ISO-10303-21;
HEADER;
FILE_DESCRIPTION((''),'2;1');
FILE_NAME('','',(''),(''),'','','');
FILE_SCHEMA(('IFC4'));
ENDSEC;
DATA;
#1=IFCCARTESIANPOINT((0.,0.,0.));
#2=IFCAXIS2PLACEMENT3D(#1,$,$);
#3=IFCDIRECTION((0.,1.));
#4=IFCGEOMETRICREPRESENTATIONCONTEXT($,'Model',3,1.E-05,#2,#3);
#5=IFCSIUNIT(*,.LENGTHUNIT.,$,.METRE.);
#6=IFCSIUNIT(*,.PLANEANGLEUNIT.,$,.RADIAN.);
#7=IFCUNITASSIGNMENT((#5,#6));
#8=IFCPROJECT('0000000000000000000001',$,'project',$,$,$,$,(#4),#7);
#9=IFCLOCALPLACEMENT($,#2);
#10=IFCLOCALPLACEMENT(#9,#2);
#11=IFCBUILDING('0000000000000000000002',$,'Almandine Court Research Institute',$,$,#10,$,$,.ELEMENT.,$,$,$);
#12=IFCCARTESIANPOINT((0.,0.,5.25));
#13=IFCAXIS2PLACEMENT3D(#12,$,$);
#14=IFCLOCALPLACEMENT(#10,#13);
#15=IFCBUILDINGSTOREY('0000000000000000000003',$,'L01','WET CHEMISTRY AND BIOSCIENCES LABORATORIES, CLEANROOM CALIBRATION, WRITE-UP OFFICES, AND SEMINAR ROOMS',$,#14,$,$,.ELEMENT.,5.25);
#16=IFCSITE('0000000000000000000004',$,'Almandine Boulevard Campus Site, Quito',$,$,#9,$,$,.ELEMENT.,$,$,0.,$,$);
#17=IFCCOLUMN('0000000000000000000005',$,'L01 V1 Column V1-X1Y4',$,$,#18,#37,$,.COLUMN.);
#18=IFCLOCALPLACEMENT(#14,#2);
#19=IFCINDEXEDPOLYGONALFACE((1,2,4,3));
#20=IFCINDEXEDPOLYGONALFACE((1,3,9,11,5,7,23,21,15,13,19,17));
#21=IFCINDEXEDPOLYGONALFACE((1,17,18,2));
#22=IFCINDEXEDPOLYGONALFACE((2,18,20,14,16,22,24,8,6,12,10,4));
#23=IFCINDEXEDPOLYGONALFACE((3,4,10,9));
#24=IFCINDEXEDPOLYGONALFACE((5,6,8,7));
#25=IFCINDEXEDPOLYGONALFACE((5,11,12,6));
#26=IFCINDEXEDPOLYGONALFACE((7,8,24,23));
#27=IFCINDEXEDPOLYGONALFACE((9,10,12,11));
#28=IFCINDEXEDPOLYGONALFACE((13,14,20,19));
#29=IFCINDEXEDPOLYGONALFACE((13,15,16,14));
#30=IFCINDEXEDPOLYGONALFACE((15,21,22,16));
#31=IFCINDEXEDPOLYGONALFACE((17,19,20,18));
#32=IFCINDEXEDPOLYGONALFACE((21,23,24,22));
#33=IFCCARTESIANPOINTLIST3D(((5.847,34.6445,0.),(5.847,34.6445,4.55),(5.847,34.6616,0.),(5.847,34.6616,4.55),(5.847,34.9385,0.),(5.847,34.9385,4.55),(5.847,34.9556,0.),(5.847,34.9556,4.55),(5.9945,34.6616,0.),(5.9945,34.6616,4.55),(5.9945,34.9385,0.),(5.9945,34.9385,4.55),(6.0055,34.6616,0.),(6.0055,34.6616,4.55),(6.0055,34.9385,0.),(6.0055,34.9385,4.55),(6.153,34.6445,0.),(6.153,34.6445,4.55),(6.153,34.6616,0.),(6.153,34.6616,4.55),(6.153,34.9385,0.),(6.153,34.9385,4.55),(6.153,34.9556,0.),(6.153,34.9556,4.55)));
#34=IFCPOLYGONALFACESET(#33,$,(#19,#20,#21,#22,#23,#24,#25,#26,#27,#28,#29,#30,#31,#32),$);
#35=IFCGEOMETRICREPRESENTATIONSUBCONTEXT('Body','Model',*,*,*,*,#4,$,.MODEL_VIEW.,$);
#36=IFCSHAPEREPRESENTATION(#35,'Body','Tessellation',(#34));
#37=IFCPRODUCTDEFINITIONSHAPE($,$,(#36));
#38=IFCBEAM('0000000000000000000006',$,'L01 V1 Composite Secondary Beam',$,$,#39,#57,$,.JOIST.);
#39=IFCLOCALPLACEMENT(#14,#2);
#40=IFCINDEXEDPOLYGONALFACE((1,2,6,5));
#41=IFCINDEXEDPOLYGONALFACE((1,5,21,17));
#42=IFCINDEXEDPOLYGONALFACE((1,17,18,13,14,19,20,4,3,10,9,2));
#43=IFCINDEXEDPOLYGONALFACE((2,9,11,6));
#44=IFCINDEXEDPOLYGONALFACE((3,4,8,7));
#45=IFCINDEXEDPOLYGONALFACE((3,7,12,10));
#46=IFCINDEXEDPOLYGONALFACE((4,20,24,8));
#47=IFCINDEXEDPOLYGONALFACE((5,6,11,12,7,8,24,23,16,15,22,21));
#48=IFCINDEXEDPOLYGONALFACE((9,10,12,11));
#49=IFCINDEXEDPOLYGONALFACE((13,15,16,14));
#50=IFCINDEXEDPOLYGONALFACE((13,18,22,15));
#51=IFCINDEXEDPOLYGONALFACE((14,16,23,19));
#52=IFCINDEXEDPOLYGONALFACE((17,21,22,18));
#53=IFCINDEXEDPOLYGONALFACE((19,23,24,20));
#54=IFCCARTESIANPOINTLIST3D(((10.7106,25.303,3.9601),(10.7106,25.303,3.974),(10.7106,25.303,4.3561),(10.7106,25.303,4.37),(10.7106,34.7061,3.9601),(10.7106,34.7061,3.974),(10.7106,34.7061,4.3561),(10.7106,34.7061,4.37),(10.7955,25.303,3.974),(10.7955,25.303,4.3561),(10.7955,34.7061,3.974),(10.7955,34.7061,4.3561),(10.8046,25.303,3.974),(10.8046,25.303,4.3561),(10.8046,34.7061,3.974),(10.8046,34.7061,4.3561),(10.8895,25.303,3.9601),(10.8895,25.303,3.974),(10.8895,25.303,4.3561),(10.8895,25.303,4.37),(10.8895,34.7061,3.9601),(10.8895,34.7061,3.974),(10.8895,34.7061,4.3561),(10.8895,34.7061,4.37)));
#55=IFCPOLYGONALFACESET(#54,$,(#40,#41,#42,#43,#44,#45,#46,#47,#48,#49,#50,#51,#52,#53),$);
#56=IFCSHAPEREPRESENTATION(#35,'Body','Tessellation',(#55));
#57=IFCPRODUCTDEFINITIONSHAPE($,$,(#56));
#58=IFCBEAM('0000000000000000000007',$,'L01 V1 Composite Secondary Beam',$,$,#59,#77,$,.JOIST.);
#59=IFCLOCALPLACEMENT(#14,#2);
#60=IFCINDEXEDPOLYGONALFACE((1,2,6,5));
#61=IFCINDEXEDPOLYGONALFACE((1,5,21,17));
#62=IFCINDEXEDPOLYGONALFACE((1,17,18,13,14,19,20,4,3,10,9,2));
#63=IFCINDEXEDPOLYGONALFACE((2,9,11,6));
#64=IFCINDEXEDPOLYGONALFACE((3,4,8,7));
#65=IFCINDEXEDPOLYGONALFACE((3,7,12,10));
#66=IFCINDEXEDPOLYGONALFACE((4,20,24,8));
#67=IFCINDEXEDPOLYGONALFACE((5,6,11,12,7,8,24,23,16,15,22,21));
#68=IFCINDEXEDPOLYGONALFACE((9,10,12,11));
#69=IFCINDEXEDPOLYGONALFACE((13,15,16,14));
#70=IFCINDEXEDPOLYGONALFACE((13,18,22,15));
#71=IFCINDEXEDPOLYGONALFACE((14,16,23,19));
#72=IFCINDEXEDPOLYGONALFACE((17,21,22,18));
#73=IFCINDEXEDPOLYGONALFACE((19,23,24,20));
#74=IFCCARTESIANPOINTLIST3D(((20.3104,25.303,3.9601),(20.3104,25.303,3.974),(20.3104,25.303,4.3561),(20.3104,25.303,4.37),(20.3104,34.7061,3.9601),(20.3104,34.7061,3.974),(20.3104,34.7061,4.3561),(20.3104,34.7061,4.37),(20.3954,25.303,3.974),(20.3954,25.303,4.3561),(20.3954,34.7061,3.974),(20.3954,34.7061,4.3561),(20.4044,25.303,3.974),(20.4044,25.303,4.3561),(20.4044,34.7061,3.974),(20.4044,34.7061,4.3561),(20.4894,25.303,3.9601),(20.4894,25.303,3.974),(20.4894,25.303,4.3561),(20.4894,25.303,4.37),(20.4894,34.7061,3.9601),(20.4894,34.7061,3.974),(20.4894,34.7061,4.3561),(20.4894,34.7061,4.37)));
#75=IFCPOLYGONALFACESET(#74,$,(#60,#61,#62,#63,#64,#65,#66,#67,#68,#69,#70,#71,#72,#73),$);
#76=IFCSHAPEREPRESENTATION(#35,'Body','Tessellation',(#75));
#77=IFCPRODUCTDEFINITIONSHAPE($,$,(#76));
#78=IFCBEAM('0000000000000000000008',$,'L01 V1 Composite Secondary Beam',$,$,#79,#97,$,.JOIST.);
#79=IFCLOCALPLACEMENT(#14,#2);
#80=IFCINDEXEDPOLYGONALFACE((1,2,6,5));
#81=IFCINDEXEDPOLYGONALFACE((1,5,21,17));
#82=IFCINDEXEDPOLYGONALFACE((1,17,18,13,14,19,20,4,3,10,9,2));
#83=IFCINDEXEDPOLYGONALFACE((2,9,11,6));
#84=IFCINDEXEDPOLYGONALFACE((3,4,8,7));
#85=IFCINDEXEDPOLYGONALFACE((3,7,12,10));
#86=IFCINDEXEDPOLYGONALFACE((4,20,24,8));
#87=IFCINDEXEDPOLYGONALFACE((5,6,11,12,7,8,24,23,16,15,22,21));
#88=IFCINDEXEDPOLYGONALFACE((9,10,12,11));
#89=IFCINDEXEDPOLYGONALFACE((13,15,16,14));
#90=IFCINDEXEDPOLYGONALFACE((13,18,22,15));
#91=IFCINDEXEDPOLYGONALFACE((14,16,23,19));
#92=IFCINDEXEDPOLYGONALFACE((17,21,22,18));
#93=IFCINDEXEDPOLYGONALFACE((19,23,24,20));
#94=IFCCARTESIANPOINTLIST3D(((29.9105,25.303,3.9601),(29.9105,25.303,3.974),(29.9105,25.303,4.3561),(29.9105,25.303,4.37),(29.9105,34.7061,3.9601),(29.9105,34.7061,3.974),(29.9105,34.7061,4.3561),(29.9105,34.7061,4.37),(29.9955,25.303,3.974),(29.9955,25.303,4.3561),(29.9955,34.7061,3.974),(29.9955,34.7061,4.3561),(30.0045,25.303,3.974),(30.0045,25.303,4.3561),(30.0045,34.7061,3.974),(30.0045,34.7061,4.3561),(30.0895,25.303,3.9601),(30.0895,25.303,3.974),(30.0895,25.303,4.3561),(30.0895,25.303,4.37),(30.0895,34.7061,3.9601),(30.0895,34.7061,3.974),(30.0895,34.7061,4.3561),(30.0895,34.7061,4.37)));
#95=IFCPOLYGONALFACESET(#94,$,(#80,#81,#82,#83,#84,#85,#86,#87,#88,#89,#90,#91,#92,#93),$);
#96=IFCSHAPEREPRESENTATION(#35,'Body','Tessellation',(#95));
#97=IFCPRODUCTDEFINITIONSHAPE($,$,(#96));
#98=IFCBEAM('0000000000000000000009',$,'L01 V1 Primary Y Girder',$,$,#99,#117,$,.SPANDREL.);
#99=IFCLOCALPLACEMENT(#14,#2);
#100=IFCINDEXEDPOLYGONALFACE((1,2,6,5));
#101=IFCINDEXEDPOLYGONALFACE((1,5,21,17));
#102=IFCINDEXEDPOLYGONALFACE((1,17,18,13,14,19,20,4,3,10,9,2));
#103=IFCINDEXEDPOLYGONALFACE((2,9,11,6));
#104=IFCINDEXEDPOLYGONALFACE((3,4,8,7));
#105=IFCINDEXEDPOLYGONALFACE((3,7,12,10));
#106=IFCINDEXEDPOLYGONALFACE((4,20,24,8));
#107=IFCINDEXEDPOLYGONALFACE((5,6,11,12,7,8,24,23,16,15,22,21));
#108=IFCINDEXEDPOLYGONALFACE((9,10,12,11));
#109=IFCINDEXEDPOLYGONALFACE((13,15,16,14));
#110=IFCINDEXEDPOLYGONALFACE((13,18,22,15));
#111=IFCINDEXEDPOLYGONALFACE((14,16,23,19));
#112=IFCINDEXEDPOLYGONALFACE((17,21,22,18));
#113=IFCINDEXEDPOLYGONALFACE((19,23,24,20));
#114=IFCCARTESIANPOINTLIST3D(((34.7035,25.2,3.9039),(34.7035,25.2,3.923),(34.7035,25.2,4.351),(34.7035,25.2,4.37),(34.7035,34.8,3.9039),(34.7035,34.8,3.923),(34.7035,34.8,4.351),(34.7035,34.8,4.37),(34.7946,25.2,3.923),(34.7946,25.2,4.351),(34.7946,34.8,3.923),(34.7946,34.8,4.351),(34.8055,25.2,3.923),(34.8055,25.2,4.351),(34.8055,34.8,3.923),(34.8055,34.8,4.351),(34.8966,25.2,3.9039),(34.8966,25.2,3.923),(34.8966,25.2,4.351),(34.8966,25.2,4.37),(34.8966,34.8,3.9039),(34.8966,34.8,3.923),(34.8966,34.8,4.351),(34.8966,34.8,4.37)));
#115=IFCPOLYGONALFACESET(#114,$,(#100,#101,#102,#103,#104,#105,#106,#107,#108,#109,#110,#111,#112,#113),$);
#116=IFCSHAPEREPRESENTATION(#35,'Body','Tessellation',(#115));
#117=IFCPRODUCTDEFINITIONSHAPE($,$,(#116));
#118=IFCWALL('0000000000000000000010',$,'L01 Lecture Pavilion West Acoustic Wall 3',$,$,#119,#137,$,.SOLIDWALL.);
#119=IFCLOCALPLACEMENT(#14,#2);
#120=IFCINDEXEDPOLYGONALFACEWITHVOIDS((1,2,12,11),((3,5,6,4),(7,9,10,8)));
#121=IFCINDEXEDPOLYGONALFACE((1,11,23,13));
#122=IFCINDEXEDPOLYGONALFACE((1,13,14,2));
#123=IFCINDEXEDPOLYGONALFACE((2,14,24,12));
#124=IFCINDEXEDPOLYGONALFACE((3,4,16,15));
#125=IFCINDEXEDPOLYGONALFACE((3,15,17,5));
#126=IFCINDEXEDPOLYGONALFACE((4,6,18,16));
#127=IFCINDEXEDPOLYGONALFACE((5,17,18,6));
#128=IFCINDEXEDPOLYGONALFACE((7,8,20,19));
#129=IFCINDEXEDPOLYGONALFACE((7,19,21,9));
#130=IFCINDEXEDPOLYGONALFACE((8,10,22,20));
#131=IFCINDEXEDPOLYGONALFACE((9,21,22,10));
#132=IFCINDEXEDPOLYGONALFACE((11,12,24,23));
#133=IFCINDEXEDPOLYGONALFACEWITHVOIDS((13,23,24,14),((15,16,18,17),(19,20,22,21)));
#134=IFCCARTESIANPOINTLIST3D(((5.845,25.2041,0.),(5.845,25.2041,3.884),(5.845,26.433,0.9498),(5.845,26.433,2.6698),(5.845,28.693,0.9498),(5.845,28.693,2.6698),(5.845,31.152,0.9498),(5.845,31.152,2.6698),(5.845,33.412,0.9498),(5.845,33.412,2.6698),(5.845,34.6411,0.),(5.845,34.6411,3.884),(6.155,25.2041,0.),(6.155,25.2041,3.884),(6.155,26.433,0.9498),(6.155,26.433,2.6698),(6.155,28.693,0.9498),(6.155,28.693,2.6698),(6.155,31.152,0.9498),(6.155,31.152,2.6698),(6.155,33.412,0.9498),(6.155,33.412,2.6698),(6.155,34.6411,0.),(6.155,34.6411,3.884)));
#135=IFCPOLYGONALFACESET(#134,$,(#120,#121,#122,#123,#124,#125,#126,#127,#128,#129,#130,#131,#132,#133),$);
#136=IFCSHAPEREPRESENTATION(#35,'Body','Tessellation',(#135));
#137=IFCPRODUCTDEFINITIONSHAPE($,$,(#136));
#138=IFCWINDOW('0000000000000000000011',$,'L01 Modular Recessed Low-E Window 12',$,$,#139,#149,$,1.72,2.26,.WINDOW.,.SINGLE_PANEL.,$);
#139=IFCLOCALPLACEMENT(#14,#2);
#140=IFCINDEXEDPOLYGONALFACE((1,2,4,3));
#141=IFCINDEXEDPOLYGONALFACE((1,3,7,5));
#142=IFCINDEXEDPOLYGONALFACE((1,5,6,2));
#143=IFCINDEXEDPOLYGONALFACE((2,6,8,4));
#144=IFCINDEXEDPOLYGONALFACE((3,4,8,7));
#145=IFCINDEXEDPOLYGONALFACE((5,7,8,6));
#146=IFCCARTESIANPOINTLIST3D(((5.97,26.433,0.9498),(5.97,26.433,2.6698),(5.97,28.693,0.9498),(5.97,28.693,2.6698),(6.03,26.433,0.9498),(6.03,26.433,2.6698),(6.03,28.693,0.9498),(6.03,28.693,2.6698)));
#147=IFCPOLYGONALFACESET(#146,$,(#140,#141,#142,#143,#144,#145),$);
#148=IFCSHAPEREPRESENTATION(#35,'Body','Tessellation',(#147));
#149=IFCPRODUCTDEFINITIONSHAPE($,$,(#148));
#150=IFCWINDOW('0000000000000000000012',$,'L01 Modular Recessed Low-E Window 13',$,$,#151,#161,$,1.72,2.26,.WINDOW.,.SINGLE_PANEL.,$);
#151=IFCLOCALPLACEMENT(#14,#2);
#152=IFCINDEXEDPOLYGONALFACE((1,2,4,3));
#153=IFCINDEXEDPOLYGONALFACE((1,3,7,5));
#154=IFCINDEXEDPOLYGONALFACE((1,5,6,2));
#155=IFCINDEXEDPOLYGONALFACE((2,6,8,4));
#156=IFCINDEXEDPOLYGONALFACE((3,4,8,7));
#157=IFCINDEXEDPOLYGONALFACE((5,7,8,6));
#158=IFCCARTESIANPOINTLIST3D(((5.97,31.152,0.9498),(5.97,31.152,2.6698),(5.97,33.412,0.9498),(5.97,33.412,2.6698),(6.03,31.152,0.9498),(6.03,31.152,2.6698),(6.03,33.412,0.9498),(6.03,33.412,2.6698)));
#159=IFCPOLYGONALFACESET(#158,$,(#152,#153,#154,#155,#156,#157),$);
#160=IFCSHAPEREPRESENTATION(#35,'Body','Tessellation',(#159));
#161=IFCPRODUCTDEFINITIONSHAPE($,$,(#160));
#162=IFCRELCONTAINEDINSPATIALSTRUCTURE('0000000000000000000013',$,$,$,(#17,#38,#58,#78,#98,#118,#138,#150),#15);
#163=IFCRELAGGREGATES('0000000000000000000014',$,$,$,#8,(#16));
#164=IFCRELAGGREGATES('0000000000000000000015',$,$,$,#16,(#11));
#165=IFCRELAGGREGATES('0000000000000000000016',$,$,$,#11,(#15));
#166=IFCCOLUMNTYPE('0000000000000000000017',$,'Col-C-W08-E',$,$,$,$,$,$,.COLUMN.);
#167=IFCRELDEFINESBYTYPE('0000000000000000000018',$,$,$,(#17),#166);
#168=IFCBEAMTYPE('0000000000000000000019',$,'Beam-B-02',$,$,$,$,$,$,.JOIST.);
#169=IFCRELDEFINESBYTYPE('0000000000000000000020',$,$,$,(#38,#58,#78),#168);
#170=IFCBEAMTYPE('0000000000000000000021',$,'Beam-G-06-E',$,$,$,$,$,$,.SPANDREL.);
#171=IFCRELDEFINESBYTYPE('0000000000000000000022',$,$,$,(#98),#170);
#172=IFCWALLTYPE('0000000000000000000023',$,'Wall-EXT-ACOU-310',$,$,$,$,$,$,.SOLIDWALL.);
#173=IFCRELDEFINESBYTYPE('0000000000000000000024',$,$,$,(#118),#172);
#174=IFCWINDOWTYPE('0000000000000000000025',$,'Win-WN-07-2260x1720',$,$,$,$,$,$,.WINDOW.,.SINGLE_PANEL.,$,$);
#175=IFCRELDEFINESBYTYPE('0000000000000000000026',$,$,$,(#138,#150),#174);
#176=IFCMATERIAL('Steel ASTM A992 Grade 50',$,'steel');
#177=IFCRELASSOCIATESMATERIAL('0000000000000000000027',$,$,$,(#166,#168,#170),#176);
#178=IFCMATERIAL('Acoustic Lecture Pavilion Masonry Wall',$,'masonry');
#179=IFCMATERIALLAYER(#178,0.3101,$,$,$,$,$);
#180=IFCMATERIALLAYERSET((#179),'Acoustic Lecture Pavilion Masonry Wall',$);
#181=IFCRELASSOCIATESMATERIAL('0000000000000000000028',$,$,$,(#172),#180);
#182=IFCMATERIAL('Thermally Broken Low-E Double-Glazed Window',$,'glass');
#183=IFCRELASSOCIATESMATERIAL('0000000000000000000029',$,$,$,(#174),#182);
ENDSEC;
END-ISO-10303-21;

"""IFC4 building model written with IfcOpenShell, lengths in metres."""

from ifc_helpers import new_model, si_unit, direction, frame, frame_2d, origin, origin_2d, place, context, subcontext, project, spatial, rectangle, i_section, extrude, material, layer, layer_set, material_profile, profile_set, type_object, element, fill, save


model = new_model("IFC4")

# Units and contexts
model_context = context("Model", 3, precision=1e-05, world=origin(), true_north=direction((0.0, 1.0)))
body_context = subcontext(model_context, "Body", "Model", "MODEL_VIEW")
ifc_project = project(units=[si_unit("LENGTHUNIT", "METRE"), si_unit("PLANEANGLEUNIT", "RADIAN")], contexts=[model_context])

# Site, building, storey
site_placement = place(None, origin())
site = spatial("IfcSite", under=ifc_project, at=site_placement, Name="Almandine Boulevard Campus Site, Quito", CompositionType="ELEMENT", RefElevation=0.0)
building_placement = place(site_placement, origin())
building = spatial("IfcBuilding", under=site, at=building_placement, Name="Almandine Court Research Institute", CompositionType="ELEMENT")
storey_placement = place(building_placement, frame((0.0, 0.0, 5.25)))
storey = spatial("IfcBuildingStorey", under=building, at=storey_placement, Name="L01", Description="WET CHEMISTRY AND BIOSCIENCES LABORATORIES, CLEANROOM CALIBRATION, WRITE-UP OFFICES, AND SEMINAR ROOMS", CompositionType="ELEMENT", Elevation=5.25)

# Column
ifc_material_1 = material(Name="Steel ASTM A992 Grade 50", Category="steel")
ifc_material_profile_1 = material_profile(ifc_material_1, i_section(OverallWidth=0.3059, OverallDepth=0.311, WebThickness=0.011, FlangeThickness=0.0171, at=origin_2d()), Name="W310x107")
ifc_profile_set_1 = profile_set([ifc_material_profile_1], Name="Steel ASTM A992 Grade 50")
column_type = type_object("IfcColumnType", Name="Col-C-W08-E", PredefinedType="COLUMN", material=ifc_profile_set_1)
column_placement = place(storey_placement, frame((6.0, 34.8, 0.0), z_axis=(0.0, 0.0, 1.0), x_axis=(1.0, 0.0, 0.0)))
element("IfcColumn", 1, at=column_placement, inside=storey, type_object=column_type, Name="L01 V1 Column V1-X1Y4", PredefinedType="COLUMN", context=body_context, shape_type="SweptSolid", body=[
    extrude(i_section(OverallWidth=0.3059, OverallDepth=0.311, WebThickness=0.011, FlangeThickness=0.0171, at=origin_2d()), origin(), (0.0, 0.0, 1.0), 4.55),
])

# Beams
ifc_material_profile_2 = material_profile(ifc_material_1, i_section(OverallWidth=0.179, OverallDepth=0.4099, WebThickness=0.009, FlangeThickness=0.0139, at=origin_2d()), Name="W410x67")
ifc_profile_set_2 = profile_set([ifc_material_profile_2], Name="Steel ASTM A992 Grade 50")
beam_type_1 = type_object("IfcBeamType", Name="Beam-B-02", PredefinedType="JOIST", material=ifc_profile_set_2)
for number, where, z_axis, x_axis, name in (
    (2, (10.8, 25.303, 4.165), (0.0, 1.0, 0.0), (-1.0, 0.0, 0.0), "L01 V1 Composite Secondary Beam"),
    (3, (20.3999, 25.303, 4.165), (0.0, 1.0, 0.0), (-1.0, 0.0, 0.0), "L01 V1 Composite Secondary Beam"),
    (4, (30.0, 25.303, 4.165), (0.0, 1.0, 0.0), (-1.0, 0.0, 0.0), "L01 V1 Composite Secondary Beam"),
):
    element("IfcBeam", number, at=place(storey_placement, frame(where, z_axis=z_axis, x_axis=x_axis)), inside=storey, type_object=beam_type_1, Name=name, PredefinedType="JOIST", context=body_context, shape_type="SweptSolid", body=[
        extrude(i_section(OverallWidth=0.179, OverallDepth=0.4099, WebThickness=0.009, FlangeThickness=0.0139, at=origin_2d()), origin(), (0.0, 0.0, 1.0), 9.4031),
    ])
ifc_material_profile_3 = material_profile(ifc_material_1, i_section(OverallWidth=0.1931, OverallDepth=0.4661, WebThickness=0.011, FlangeThickness=0.019, at=origin_2d()), Name="W460x97")
ifc_profile_set_3 = profile_set([ifc_material_profile_3], Name="Steel ASTM A992 Grade 50")
beam_type_2 = type_object("IfcBeamType", Name="Beam-G-06-E", PredefinedType="SPANDREL", material=ifc_profile_set_3)
beam_placement = place(storey_placement, frame((34.8, 25.2, 4.137), z_axis=(0.0, 1.0, 0.0), x_axis=(-1.0, 0.0, 0.0)))
element("IfcBeam", 5, at=beam_placement, inside=storey, type_object=beam_type_2, Name="L01 V1 Primary Y Girder", PredefinedType="SPANDREL", context=body_context, shape_type="SweptSolid", body=[
    extrude(i_section(OverallWidth=0.1931, OverallDepth=0.4661, WebThickness=0.011, FlangeThickness=0.019, at=origin_2d()), origin(), (0.0, 0.0, 1.0), 9.6001),
])

# Wall, openings, windows
ifc_material_2 = material(Name="Acoustic Lecture Pavilion Masonry Wall", Category="masonry")
ifc_layer_1 = layer(ifc_material_2, 0.3101)
ifc_layer_set_1 = layer_set([ifc_layer_1], Name="Acoustic Lecture Pavilion Masonry Wall")
wall_type_1 = type_object("IfcWallType", Name="Wall-EXT-ACOU-310", PredefinedType="SOLIDWALL", material=ifc_layer_set_1)
wall_1_placement = place(storey_placement, frame((6.0, 25.2041, 0.0), z_axis=(0.0, 0.0, 1.0), x_axis=(0.0, 1.0, 0.0)))
wall_1 = element("IfcWall", 6, at=wall_1_placement, inside=storey, type_object=wall_type_1, Name="L01 Lecture Pavilion West Acoustic Wall 3", PredefinedType="SOLIDWALL", context=body_context, shape_type="SweptSolid", body=[
    extrude(rectangle(XDim=9.437, YDim=0.3101, at=frame_2d((4.7185, 0.0))), origin(), (0.0, 0.0, 1.0), 3.884),
])
opening_1_placement = place(wall_1_placement, frame((1.229, 0.0, 0.95)))
opening_1 = element("IfcOpeningElement", 7, at=opening_1_placement, cuts=wall_1, PredefinedType="OPENING", context=body_context, shape_type="SweptSolid", body=[
    extrude(rectangle(XDim=2.26, YDim=1.72, at=frame_2d((1.1299, 0.8599))), frame((0.0, 0.165, 0.0), z_axis=(0.0, -1.0, 0.0), x_axis=(1.0, 0.0, 0.0)), (0.0, 0.0, 1.0), 0.3301),
])
opening_2_placement = place(wall_1_placement, frame((5.948, 0.0, 0.95)))
opening_2 = element("IfcOpeningElement", 8, at=opening_2_placement, cuts=wall_1, PredefinedType="OPENING", context=body_context, shape_type="SweptSolid", body=[
    extrude(rectangle(XDim=2.26, YDim=1.72, at=frame_2d((1.1299, 0.8599))), frame((0.0, 0.165, 0.0), z_axis=(0.0, -1.0, 0.0), x_axis=(1.0, 0.0, 0.0)), (0.0, 0.0, 1.0), 0.3301),
])
ifc_material_3 = material(Name="Thermally Broken Low-E Double-Glazed Window", Category="glass")
window_type_1 = type_object("IfcWindowType", Name="Win-WN-07-2260x1720", PartitioningType="SINGLE_PANEL", PredefinedType="WINDOW", material=ifc_material_3)
window_1_placement = place(opening_1_placement, origin())
window_1 = element("IfcWindow", 9, at=window_1_placement, inside=storey, type_object=window_type_1, Name="L01 Modular Recessed Low-E Window 12", OverallHeight=1.72, OverallWidth=2.26, PartitioningType="SINGLE_PANEL", PredefinedType="WINDOW", context=body_context, shape_type="SweptSolid", body=[
    extrude(rectangle(XDim=2.26, YDim=1.72, at=frame_2d((1.1299, 0.8599))), frame((0.0, 0.03, 0.0), z_axis=(0.0, -1.0, 0.0), x_axis=(1.0, 0.0, 0.0)), (0.0, 0.0, 1.0), 0.0601),
])
fill(opening_1, window_1)
window_2_placement = place(opening_2_placement, origin())
window_2 = element("IfcWindow", 10, at=window_2_placement, inside=storey, type_object=window_type_1, Name="L01 Modular Recessed Low-E Window 13", OverallHeight=1.72, OverallWidth=2.26, PartitioningType="SINGLE_PANEL", PredefinedType="WINDOW", context=body_context, shape_type="SweptSolid", body=[
    extrude(rectangle(XDim=2.26, YDim=1.72, at=frame_2d((1.1299, 0.8599))), frame((0.0, 0.03, 0.0), z_axis=(0.0, -1.0, 0.0), x_axis=(1.0, 0.0, 0.0)), (0.0, 0.0, 1.0), 0.0601),
])
fill(opening_2, window_2)

save(model, "model.ifc")
